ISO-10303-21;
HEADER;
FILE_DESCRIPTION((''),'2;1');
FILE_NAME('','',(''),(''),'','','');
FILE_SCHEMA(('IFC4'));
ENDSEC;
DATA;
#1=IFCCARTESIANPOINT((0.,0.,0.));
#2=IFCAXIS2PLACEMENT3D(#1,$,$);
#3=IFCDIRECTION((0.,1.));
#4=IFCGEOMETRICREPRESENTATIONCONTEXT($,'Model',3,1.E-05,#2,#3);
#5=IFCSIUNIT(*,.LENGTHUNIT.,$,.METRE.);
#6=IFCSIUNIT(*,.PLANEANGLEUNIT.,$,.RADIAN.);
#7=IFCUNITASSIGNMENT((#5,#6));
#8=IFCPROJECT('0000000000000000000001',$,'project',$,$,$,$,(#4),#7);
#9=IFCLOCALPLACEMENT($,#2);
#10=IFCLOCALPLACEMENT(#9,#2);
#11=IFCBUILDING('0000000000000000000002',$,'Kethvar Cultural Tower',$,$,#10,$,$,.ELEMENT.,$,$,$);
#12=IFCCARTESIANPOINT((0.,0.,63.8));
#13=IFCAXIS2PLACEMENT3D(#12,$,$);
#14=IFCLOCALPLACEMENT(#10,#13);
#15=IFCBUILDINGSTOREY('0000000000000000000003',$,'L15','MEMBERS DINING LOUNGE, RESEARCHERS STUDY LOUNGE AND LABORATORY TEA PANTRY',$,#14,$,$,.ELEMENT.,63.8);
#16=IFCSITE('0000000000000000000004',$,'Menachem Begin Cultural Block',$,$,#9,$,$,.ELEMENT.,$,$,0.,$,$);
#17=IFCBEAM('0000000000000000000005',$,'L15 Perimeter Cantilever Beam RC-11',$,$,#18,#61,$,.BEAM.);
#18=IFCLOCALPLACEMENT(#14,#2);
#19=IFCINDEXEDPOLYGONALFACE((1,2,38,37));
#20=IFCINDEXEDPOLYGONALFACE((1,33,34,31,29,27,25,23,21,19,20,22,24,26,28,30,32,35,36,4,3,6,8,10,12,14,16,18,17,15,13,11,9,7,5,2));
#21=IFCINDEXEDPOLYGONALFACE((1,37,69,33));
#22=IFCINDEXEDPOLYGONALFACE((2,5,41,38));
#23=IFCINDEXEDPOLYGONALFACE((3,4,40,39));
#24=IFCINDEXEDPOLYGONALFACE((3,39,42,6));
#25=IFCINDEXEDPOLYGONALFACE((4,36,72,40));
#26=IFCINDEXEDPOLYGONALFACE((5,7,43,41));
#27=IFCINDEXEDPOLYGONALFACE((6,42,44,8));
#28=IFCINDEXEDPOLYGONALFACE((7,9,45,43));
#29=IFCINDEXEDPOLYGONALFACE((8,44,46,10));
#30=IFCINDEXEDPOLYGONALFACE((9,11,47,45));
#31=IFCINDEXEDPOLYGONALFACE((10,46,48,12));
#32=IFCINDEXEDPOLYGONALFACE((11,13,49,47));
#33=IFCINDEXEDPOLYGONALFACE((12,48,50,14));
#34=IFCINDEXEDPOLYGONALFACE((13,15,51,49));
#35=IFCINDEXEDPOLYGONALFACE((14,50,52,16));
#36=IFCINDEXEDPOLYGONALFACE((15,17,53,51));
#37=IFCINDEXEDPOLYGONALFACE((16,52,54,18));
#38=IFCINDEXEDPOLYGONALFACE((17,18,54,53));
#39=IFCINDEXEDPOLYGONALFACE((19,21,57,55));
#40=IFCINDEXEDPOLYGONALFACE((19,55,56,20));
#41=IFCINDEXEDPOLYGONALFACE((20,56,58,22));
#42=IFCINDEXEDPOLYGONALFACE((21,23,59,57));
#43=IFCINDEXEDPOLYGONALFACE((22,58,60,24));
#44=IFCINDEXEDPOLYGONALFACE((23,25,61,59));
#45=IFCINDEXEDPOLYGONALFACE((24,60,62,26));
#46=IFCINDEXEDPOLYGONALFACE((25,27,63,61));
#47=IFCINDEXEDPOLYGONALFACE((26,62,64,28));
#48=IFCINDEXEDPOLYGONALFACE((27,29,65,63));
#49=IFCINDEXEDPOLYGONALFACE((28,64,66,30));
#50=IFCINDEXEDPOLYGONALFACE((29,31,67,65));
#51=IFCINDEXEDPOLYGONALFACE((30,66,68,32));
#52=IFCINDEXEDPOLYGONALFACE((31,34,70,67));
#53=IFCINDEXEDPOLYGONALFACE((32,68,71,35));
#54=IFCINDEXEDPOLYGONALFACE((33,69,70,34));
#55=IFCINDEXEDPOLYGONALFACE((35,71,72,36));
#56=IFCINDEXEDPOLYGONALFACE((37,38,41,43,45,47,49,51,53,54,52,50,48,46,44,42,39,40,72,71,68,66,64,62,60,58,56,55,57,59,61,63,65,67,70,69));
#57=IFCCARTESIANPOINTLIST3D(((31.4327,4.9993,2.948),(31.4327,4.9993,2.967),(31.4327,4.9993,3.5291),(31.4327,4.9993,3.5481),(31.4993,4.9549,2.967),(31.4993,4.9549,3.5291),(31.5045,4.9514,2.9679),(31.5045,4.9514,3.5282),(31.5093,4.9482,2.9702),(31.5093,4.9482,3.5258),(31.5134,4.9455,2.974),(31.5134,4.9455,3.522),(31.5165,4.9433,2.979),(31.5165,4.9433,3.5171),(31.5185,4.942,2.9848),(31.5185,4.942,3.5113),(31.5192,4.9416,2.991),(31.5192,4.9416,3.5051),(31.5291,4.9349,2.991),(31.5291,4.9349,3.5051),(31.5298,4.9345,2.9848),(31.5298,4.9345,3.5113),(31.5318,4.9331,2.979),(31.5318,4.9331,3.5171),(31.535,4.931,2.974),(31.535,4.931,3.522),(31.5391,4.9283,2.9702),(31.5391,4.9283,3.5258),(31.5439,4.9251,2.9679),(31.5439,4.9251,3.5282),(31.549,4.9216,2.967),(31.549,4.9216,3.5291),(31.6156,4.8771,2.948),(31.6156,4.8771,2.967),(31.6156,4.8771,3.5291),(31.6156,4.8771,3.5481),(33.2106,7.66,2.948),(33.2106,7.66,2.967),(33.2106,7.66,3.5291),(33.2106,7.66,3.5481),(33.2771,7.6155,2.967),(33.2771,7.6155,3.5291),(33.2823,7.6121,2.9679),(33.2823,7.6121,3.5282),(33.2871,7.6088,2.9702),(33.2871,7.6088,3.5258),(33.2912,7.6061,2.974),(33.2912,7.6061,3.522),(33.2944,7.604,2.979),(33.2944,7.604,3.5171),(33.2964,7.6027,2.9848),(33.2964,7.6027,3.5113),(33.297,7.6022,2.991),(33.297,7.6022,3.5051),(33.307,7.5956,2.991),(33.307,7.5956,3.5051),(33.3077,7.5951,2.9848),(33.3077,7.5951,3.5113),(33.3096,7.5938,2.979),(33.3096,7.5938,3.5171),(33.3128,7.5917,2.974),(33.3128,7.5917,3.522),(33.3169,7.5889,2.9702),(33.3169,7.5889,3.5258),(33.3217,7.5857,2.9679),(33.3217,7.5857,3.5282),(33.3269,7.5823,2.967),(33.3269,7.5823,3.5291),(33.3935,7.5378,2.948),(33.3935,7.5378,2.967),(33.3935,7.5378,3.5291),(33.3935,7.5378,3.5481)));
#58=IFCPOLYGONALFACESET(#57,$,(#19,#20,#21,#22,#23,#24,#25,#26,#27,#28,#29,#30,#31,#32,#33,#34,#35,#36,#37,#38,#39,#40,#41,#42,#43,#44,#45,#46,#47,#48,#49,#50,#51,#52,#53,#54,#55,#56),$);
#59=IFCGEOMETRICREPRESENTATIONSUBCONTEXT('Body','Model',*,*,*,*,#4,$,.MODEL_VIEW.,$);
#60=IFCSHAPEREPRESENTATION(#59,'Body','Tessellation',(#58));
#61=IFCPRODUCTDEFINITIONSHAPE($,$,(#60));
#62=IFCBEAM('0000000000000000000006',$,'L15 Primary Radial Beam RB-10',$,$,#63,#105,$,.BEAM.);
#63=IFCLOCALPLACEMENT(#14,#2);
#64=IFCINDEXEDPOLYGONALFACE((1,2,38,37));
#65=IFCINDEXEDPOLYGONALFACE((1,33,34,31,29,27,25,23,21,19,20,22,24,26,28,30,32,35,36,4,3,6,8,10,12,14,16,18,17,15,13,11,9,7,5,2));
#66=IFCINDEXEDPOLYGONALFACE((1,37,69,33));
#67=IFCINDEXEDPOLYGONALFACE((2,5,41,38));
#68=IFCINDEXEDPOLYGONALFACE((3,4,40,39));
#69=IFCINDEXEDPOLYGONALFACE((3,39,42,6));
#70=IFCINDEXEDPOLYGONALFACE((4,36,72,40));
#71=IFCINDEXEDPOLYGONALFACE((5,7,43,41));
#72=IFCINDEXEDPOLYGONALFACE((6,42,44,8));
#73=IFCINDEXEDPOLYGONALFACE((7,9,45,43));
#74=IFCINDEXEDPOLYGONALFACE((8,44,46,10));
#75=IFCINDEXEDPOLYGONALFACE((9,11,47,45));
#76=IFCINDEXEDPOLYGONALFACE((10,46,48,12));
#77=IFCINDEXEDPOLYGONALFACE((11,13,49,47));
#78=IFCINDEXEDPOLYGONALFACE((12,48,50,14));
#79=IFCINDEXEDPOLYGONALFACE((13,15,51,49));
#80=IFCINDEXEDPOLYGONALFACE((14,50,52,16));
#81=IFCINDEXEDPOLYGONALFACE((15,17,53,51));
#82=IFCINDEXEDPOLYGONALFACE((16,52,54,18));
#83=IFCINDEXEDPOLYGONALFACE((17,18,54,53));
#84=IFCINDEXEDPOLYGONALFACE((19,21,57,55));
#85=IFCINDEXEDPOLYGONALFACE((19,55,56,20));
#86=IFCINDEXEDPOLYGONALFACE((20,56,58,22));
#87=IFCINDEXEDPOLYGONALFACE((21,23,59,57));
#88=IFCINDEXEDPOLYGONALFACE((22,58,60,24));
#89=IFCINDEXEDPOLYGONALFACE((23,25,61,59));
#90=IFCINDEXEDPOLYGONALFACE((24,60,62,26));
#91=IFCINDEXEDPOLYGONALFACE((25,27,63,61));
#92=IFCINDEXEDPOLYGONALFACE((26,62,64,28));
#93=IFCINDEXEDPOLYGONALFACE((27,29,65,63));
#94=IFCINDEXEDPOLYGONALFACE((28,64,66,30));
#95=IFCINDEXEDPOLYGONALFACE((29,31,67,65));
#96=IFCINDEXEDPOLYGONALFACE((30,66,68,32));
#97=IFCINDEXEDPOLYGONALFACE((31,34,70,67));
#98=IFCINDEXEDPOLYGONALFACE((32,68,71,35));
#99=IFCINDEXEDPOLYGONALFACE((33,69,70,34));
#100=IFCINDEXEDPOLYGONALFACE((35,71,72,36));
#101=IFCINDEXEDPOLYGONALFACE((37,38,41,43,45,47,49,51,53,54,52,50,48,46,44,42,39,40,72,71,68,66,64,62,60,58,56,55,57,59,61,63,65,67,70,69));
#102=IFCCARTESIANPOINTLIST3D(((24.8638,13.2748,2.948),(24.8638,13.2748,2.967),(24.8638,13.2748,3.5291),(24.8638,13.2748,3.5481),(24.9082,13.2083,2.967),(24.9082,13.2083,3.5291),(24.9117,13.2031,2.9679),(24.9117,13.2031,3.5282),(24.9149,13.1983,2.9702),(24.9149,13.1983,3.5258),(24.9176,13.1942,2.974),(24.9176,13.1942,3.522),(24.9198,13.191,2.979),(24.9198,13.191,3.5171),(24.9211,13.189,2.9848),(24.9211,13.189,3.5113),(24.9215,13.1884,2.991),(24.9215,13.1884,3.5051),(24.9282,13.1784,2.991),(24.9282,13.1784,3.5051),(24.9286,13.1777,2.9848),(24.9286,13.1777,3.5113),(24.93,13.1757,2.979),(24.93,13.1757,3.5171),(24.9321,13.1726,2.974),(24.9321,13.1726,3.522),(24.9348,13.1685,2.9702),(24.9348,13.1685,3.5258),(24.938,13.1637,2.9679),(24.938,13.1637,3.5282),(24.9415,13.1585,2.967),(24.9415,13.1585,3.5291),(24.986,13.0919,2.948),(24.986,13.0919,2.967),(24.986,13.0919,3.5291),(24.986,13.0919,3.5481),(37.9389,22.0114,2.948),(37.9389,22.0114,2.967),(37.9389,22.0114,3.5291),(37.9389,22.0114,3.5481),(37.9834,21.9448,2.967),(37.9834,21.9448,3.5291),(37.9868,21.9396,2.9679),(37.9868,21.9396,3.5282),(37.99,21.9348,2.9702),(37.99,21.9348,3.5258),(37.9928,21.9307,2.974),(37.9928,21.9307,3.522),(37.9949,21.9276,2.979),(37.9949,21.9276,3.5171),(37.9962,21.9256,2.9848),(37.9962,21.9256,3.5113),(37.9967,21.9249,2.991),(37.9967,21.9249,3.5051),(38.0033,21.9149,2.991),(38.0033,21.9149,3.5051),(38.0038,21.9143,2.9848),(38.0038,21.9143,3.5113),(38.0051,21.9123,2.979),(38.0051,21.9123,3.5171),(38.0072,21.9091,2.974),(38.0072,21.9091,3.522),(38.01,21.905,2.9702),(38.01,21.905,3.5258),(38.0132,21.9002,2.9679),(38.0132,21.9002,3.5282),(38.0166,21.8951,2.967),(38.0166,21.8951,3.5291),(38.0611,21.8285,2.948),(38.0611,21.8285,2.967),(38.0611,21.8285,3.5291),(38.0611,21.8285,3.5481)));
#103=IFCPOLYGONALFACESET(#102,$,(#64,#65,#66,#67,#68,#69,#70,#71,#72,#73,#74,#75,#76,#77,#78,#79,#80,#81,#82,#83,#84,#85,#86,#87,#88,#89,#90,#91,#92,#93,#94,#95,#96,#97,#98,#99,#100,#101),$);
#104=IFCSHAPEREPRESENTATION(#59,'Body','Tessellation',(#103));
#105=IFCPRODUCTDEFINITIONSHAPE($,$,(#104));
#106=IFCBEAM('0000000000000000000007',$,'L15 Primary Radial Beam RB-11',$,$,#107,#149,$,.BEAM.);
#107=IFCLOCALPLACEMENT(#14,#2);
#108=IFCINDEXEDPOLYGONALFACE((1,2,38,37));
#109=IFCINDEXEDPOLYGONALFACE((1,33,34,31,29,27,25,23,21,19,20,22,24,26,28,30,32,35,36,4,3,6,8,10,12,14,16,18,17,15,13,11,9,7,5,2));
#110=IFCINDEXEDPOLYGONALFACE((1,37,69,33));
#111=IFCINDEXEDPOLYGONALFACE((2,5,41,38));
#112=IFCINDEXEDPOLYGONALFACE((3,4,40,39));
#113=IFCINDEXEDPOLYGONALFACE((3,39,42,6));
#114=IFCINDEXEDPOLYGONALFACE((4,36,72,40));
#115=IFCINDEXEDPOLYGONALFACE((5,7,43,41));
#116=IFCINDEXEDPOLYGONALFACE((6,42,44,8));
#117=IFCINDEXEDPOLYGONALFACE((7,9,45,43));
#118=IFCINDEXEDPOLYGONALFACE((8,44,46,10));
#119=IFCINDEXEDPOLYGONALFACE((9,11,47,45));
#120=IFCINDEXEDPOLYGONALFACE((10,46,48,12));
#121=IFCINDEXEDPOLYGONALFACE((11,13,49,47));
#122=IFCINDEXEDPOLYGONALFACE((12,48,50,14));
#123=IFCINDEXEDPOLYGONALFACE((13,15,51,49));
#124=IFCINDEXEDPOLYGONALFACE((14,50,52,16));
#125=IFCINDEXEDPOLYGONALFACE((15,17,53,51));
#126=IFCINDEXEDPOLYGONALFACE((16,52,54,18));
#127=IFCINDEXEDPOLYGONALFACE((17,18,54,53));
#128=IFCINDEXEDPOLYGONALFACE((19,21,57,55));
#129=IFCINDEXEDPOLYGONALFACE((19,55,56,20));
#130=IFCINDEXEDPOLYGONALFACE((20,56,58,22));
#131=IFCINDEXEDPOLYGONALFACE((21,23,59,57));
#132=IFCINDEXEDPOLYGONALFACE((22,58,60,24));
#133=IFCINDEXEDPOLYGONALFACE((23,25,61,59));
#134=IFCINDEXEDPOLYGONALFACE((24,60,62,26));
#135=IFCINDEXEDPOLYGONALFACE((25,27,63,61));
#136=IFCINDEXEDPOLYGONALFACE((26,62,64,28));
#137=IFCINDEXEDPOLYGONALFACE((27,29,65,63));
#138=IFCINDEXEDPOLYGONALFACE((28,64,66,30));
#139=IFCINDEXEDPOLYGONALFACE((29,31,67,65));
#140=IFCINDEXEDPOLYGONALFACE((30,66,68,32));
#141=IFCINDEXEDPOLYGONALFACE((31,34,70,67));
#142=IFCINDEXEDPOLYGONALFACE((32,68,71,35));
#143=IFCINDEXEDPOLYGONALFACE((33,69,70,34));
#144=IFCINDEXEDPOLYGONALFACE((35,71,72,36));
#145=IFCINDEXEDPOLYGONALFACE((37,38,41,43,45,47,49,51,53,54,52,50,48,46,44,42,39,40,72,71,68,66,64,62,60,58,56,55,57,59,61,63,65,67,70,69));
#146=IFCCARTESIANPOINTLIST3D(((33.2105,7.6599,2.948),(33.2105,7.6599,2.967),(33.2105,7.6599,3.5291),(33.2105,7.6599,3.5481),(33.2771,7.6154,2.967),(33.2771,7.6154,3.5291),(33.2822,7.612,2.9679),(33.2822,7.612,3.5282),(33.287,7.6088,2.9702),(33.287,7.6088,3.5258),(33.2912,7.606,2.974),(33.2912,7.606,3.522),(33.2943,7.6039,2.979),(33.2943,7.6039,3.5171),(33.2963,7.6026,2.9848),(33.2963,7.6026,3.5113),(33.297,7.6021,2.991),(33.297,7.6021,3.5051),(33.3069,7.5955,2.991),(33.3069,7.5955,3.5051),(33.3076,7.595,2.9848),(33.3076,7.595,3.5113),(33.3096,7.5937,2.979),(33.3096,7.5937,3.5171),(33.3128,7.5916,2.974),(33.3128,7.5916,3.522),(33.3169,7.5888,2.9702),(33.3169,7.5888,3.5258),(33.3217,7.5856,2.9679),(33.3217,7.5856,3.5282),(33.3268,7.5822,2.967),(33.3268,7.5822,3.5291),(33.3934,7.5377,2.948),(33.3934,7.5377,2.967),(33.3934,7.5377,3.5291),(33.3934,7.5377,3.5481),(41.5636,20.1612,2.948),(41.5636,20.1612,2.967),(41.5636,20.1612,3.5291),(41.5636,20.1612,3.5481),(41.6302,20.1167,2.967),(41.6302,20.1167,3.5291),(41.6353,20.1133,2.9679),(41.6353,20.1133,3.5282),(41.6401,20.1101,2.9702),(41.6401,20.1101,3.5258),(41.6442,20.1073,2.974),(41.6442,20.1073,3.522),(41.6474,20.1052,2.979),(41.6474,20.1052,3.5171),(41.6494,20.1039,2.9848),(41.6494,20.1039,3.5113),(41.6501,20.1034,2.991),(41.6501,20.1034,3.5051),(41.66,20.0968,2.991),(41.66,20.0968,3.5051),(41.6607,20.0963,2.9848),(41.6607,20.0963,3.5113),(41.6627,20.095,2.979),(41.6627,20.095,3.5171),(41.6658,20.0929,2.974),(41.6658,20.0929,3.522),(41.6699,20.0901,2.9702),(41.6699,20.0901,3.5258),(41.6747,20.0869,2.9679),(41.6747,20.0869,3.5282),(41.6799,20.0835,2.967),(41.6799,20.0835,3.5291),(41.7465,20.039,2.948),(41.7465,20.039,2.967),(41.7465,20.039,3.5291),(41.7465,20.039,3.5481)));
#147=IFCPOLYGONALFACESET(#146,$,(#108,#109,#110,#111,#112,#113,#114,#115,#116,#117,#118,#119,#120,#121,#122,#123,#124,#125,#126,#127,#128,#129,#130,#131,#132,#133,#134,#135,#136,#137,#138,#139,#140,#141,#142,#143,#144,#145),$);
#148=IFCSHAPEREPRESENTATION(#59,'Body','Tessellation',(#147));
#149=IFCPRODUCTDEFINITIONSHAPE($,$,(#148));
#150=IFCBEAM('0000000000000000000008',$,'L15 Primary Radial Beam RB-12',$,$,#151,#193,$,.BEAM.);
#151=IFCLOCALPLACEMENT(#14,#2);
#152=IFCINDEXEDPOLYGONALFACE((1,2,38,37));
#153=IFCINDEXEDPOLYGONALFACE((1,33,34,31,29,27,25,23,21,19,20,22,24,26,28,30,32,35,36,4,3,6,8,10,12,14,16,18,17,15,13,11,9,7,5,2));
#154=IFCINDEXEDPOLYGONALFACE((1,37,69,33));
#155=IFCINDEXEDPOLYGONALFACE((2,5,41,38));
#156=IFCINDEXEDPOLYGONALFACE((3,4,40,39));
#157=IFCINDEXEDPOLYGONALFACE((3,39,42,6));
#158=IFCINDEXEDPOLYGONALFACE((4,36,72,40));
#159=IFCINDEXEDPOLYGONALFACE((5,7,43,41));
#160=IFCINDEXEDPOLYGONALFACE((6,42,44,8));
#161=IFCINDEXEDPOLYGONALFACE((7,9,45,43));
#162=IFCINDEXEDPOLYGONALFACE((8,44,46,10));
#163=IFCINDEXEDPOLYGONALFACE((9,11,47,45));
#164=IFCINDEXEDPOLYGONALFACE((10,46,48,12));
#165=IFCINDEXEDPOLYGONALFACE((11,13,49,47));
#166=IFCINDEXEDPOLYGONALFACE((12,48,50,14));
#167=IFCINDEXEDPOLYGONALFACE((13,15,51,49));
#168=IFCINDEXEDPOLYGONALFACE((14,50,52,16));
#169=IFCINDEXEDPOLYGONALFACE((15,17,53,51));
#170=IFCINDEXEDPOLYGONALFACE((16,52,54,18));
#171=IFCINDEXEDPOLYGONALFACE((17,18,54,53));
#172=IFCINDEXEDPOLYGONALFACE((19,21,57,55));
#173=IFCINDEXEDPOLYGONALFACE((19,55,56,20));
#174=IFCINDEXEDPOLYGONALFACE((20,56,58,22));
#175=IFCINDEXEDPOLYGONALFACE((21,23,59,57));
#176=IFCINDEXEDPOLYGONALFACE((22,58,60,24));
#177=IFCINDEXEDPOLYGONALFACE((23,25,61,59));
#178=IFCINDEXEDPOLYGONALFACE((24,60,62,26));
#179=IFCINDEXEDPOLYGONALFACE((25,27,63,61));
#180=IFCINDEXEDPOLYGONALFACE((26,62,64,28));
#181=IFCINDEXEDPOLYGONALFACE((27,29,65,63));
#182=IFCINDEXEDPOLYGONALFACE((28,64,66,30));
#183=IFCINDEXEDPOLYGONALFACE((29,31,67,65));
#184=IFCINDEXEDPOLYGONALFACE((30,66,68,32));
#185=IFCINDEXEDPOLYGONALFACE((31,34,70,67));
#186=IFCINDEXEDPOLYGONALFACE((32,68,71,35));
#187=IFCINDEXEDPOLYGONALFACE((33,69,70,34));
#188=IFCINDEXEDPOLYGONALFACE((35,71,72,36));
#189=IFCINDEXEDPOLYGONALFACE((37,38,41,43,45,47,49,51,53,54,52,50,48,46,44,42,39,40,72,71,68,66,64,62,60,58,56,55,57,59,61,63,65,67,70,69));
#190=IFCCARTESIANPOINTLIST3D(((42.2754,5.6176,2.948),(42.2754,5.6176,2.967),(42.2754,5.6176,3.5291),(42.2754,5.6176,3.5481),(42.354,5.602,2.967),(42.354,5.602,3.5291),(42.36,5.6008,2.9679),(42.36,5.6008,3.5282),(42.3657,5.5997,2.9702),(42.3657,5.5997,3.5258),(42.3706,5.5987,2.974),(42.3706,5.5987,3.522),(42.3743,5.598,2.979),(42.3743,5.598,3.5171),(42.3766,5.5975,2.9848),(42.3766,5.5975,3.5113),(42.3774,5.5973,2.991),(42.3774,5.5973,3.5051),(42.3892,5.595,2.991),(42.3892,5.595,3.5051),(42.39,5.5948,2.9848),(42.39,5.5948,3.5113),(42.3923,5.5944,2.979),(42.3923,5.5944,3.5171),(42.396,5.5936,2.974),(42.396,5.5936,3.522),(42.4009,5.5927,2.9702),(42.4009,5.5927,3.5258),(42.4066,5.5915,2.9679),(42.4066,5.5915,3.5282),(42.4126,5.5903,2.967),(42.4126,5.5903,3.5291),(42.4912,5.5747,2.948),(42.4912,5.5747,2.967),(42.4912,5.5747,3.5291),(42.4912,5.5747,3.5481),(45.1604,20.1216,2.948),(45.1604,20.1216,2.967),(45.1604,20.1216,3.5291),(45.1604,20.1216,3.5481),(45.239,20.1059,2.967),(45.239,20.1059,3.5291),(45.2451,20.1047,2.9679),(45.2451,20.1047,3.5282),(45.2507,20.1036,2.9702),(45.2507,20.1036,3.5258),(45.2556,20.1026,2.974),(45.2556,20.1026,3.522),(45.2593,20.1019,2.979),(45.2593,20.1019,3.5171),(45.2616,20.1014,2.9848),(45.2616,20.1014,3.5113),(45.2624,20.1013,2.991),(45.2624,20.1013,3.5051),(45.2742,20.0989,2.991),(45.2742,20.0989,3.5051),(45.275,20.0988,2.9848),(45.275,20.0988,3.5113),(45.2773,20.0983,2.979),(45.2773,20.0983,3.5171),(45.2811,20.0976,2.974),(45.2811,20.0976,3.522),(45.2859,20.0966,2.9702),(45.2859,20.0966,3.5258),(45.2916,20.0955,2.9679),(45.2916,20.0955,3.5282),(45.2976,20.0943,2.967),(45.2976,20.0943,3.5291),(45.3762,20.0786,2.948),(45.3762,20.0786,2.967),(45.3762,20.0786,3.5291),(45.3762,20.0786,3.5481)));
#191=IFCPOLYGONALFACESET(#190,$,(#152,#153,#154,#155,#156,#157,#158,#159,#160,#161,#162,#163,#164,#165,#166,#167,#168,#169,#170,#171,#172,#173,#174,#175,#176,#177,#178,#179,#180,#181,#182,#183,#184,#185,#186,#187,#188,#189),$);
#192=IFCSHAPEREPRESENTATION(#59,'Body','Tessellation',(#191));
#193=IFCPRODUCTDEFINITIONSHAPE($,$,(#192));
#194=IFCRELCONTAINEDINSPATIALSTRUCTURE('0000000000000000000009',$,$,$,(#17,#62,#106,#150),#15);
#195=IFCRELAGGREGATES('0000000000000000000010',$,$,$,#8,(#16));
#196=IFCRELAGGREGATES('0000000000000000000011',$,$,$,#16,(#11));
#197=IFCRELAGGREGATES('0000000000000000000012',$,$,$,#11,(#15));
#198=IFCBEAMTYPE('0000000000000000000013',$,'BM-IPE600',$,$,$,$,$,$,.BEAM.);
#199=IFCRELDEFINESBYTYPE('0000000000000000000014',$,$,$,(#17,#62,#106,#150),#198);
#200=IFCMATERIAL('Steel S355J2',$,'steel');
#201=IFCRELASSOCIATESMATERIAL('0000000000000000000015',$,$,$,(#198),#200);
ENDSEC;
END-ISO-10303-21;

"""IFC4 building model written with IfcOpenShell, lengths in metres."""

from ifc_helpers import new_model, si_unit, direction, frame, origin, origin_2d, place, context, subcontext, project, spatial, i_section, extrude, source, transform, mapped, material, material_profile, profile_set, type_object, element, save


model = new_model("IFC4")

# Units and contexts
model_context = context("Model", 3, precision=1e-05, world=origin(), true_north=direction((0.0, 1.0)))
body_context = subcontext(model_context, "Body", "Model", "MODEL_VIEW")
ifc_project = project(units=[si_unit("LENGTHUNIT", "METRE"), si_unit("PLANEANGLEUNIT", "RADIAN")], contexts=[model_context])

# Site, building, storey
site_placement = place(None, origin())
site = spatial("IfcSite", under=ifc_project, at=site_placement, Name="Menachem Begin Cultural Block", CompositionType="ELEMENT", RefElevation=0.0)
building_placement = place(site_placement, origin())
building = spatial("IfcBuilding", under=site, at=building_placement, Name="Kethvar Cultural Tower", CompositionType="ELEMENT")
storey_placement = place(building_placement, frame((0.0, 0.0, 63.8)))
storey = spatial("IfcBuildingStorey", under=building, at=storey_placement, Name="L15", Description="MEMBERS DINING LOUNGE, RESEARCHERS STUDY LOUNGE AND LABORATORY TEA PANTRY", CompositionType="ELEMENT", Elevation=63.8)

# Beams
ifc_material_1 = material(Name="Steel S355J2", Category="steel")
ifc_material_profile_1 = material_profile(ifc_material_1, i_section(OverallWidth=0.22, OverallDepth=0.6001, WebThickness=0.012, FlangeThickness=0.019, FilletRadius=0.0239, at=origin_2d()), Name="Steel S355J2 — IPE600")
ifc_profile_set_1 = profile_set([ifc_material_profile_1], Name="Steel S355J2 — IPE600")
beam_type_1 = type_object("IfcBeamType", Name="BM-IPE600", PredefinedType="BEAM", material=ifc_profile_set_1)
shared_shape_1 = source(origin(), body_context, "Body", "SweptSolid", [
    extrude(i_section(OverallWidth=0.22, OverallDepth=0.6001, WebThickness=0.012, FlangeThickness=0.019, FilletRadius=0.0239, at=origin_2d()), origin(), (0.0, 0.0, 1.0), 3.2),
])
beam_1_placement = place(storey_placement, frame((33.302, 7.5989, 3.248), z_axis=(-0.55558, -0.831463, 0.0), x_axis=(0.831463, -0.55558, 0.0)))
element("IfcBeam", 1, at=beam_1_placement, inside=storey, type_object=beam_type_1, Name="L15 Perimeter Cantilever Beam RC-11", PredefinedType="BEAM", context=body_context, shape_type="MappedRepresentation", body=[
    mapped(shared_shape_1, transform((0.0, 0.0, 0.0), scale=1.0)),
])
shared_shape_2 = source(origin(), body_context, "Body", "SweptSolid", [
    extrude(i_section(OverallWidth=0.22, OverallDepth=0.6001, WebThickness=0.012, FlangeThickness=0.019, FilletRadius=0.0239, at=origin_2d()), origin(), (0.0, 0.0, 1.0), 15.7253),
])
beam_2_placement = place(storey_placement, frame((38.0, 21.9199, 3.248), z_axis=(-0.831469, -0.55557, 0.0), x_axis=(0.55557, -0.831469, 0.0)))
element("IfcBeam", 2, at=beam_2_placement, inside=storey, type_object=beam_type_1, Name="L15 Primary Radial Beam RB-10", PredefinedType="BEAM", context=body_context, shape_type="MappedRepresentation", body=[
    mapped(shared_shape_2, transform((0.0, 0.0, 0.0), scale=1.0)),
])
shared_shape_3 = source(origin(), body_context, "Body", "SweptSolid", [
    extrude(i_section(OverallWidth=0.22, OverallDepth=0.6001, WebThickness=0.012, FlangeThickness=0.019, FilletRadius=0.0239, at=origin_2d()), origin(), (0.0, 0.0, 1.0), 15.0352),
])
beam_3_placement = place(storey_placement, frame((41.655, 20.1001, 3.248), z_axis=(-0.555569, -0.83147, 0.0), x_axis=(0.83147, -0.555569, 0.0)))
element("IfcBeam", 3, at=beam_3_placement, inside=storey, type_object=beam_type_1, Name="L15 Primary Radial Beam RB-11", PredefinedType="BEAM", context=body_context, shape_type="MappedRepresentation", body=[
    mapped(shared_shape_3, transform((0.0, 0.0, 0.0), scale=1.0)),
])
shared_shape_4 = source(origin(), body_context, "Body", "SweptSolid", [
    extrude(i_section(OverallWidth=0.22, OverallDepth=0.6001, WebThickness=0.012, FlangeThickness=0.019, FilletRadius=0.0239, at=origin_2d()), origin(), (0.0, 0.0, 1.0), 14.7881),
])
beam_4_placement = place(storey_placement, frame((45.2683, 20.1001, 3.248), z_axis=(-0.195091, -0.980785, 0.0), x_axis=(0.980785, -0.195091, 0.0)))
element("IfcBeam", 4, at=beam_4_placement, inside=storey, type_object=beam_type_1, Name="L15 Primary Radial Beam RB-12", PredefinedType="BEAM", context=body_context, shape_type="MappedRepresentation", body=[
    mapped(shared_shape_4, transform((0.0, 0.0, 0.0), scale=1.0)),
])

save(model, "model.ifc")
